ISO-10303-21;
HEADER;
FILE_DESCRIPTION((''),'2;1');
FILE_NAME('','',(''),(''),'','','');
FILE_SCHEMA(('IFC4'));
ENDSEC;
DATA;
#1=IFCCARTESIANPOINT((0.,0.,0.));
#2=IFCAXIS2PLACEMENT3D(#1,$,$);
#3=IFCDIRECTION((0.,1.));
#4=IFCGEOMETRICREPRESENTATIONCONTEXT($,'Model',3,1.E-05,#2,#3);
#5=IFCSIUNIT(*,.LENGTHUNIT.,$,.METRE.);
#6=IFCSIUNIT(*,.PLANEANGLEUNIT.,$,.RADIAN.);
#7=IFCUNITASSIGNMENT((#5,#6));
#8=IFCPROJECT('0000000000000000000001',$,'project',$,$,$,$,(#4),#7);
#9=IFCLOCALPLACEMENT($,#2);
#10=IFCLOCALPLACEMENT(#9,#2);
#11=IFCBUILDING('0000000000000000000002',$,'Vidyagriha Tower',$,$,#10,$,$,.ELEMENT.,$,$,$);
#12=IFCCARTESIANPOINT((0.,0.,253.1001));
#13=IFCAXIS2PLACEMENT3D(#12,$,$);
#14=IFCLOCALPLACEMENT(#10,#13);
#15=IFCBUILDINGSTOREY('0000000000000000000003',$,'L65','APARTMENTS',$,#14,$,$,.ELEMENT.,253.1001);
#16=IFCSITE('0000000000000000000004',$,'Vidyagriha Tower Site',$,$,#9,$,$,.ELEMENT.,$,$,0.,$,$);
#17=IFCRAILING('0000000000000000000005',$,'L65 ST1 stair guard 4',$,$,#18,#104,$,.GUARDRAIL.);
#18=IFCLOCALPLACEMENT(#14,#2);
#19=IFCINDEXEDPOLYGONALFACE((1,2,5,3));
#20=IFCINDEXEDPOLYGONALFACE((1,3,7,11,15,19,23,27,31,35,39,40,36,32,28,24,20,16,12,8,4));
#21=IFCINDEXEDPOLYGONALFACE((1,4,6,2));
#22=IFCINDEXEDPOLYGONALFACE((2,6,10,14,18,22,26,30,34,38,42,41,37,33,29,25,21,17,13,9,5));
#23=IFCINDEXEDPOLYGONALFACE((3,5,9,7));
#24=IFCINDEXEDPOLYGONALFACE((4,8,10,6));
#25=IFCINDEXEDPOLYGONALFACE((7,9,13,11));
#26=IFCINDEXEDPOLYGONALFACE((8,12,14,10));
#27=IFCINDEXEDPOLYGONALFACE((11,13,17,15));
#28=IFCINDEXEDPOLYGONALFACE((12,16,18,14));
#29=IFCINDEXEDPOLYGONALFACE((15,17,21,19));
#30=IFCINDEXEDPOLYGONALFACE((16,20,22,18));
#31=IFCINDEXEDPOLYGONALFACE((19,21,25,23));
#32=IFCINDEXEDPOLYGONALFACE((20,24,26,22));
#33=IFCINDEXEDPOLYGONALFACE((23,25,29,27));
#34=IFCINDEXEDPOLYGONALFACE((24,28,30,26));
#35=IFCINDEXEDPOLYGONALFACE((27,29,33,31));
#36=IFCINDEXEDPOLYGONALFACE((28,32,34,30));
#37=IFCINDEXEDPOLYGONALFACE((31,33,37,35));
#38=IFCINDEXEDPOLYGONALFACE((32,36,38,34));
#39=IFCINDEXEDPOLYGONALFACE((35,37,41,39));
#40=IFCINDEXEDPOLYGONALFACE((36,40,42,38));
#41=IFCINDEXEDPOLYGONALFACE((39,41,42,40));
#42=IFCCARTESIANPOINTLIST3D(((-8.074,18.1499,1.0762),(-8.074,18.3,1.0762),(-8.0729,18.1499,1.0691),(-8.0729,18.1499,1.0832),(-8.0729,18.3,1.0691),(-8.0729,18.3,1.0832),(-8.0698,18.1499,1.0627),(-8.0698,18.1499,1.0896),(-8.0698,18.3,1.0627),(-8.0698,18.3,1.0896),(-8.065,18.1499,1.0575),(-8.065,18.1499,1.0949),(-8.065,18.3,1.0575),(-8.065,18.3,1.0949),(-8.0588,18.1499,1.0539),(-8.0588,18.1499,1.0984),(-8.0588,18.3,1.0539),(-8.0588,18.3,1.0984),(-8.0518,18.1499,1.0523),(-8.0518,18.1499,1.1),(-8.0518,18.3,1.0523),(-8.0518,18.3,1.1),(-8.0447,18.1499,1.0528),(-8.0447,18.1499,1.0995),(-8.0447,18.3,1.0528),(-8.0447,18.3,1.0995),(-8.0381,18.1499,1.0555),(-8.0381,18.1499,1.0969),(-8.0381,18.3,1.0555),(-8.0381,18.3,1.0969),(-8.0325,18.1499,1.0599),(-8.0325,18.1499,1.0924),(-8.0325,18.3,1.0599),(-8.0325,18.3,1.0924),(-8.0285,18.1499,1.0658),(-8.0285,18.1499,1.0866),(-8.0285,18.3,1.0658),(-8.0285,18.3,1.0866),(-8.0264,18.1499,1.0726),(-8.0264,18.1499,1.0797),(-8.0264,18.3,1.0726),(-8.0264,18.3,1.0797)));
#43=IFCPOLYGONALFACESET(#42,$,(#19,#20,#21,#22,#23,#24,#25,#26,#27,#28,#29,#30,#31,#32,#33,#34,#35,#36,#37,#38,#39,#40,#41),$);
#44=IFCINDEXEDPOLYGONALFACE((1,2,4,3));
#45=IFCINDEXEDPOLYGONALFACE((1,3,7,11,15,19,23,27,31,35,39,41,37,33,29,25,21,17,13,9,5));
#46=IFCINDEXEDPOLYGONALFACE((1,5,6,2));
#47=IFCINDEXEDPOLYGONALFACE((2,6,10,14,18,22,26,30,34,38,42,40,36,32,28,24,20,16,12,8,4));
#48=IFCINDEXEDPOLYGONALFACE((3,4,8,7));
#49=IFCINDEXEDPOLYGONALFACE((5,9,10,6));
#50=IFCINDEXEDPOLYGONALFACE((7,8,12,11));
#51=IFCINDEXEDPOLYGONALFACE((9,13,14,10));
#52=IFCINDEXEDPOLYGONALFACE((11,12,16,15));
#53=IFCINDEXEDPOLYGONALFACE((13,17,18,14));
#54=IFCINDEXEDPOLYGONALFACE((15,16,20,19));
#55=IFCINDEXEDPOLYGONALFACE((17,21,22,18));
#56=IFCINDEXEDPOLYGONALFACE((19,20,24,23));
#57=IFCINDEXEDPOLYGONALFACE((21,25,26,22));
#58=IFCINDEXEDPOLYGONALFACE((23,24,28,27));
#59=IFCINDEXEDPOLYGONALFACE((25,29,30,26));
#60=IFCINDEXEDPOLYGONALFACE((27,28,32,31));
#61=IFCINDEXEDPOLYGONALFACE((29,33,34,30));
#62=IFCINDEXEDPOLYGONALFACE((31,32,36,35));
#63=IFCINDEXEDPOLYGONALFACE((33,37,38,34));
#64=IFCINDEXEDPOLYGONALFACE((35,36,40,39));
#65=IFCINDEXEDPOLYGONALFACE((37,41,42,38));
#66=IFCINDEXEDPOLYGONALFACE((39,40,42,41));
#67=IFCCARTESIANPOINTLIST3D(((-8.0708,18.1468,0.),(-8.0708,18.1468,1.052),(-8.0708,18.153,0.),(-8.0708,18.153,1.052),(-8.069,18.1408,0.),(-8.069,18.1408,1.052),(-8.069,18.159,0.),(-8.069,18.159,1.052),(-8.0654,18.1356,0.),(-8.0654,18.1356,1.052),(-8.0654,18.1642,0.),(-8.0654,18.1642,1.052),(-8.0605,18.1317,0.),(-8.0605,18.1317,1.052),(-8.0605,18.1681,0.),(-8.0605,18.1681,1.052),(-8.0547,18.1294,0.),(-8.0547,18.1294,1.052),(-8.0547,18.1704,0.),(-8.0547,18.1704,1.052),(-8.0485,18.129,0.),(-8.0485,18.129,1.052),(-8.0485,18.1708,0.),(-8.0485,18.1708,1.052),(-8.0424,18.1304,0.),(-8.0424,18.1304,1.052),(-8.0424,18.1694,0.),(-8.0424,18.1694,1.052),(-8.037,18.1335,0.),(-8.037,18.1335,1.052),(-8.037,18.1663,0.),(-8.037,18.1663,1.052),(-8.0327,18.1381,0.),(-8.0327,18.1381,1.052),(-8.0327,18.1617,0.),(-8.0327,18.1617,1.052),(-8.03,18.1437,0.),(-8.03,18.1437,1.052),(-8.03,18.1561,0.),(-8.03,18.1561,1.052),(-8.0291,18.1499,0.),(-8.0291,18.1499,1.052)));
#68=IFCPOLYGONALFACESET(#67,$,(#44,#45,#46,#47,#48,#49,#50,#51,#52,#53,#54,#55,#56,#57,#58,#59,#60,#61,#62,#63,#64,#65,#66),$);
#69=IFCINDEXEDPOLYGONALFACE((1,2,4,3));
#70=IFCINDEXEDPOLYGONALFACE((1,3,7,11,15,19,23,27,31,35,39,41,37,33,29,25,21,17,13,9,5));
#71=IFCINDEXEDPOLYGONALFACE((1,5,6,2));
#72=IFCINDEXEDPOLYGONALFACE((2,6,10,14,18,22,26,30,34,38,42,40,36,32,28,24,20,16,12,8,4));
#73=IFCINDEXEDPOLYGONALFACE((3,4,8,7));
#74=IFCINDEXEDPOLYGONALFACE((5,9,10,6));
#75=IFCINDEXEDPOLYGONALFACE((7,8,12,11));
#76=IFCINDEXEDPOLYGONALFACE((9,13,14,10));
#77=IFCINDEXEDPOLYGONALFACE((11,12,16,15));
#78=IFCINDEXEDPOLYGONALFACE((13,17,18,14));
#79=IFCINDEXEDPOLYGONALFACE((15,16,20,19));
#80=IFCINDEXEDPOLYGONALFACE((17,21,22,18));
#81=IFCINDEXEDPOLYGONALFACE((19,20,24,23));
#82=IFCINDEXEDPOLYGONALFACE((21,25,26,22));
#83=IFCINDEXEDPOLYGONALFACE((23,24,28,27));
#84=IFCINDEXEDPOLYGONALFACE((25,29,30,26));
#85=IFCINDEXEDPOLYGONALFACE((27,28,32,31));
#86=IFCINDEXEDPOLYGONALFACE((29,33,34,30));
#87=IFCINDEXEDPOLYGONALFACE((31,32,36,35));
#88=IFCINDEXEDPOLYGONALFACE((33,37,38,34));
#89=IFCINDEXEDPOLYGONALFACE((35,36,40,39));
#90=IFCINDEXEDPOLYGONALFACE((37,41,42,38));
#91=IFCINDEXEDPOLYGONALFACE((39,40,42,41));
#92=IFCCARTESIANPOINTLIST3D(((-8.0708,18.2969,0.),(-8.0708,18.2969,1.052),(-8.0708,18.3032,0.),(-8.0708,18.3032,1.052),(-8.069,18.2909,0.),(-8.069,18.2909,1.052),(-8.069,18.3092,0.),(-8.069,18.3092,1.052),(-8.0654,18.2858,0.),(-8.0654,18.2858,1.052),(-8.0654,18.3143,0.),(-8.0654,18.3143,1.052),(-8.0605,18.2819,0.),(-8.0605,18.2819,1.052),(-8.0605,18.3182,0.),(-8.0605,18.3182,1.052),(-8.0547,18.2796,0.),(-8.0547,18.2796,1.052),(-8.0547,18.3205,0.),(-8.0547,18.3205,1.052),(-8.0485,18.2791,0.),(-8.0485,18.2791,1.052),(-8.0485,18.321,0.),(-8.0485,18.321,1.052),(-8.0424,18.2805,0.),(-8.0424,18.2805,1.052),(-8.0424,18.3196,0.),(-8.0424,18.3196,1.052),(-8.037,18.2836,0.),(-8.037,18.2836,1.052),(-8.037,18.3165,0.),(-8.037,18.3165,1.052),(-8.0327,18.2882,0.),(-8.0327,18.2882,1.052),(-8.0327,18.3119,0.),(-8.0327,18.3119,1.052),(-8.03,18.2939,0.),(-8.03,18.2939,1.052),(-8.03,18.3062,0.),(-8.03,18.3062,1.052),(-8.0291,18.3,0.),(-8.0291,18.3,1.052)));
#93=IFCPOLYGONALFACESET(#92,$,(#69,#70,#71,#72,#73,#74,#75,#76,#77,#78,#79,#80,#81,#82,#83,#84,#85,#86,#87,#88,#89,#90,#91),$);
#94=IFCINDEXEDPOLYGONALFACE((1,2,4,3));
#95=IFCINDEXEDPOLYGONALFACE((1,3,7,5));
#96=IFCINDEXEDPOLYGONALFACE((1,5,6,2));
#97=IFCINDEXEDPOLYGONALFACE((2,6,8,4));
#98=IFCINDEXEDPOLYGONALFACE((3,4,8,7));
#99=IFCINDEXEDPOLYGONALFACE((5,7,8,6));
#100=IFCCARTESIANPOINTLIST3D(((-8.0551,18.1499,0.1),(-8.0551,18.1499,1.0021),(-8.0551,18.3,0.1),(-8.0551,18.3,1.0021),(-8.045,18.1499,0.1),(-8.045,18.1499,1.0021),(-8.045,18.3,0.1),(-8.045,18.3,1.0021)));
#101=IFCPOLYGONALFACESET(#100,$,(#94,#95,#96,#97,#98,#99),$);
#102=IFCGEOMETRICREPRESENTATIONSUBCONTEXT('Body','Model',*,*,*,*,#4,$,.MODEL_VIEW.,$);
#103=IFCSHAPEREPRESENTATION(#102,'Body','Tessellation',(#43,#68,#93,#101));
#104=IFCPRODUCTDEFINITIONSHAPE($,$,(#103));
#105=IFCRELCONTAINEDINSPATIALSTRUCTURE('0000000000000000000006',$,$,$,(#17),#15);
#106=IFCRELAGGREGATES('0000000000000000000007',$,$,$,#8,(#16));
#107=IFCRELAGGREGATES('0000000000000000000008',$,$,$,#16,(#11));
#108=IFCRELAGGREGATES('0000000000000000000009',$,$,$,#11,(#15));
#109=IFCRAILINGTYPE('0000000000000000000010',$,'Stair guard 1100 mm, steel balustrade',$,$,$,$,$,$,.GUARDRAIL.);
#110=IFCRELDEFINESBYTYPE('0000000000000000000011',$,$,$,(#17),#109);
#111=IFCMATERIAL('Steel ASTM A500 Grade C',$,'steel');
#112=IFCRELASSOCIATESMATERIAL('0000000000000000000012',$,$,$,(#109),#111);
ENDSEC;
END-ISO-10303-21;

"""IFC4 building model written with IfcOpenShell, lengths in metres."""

from ifc_helpers import new_model, si_unit, direction, frame, origin, origin_2d, place, context, subcontext, project, spatial, rectangle, circle, extrude, material, type_object, element, save


model = new_model("IFC4")

# Units and contexts
model_context = context("Model", 3, precision=1e-05, world=origin(), true_north=direction((0.0, 1.0)))
body_context = subcontext(model_context, "Body", "Model", "MODEL_VIEW")
ifc_project = project(units=[si_unit("LENGTHUNIT", "METRE"), si_unit("PLANEANGLEUNIT", "RADIAN")], contexts=[model_context])

# Site, building, storey
site_placement = place(None, origin())
site = spatial("IfcSite", under=ifc_project, at=site_placement, Name="Vidyagriha Tower Site", CompositionType="ELEMENT", RefElevation=0.0)
building_placement = place(site_placement, origin())
building = spatial("IfcBuilding", under=site, at=building_placement, Name="Vidyagriha Tower", CompositionType="ELEMENT")
storey_placement = place(building_placement, frame((0.0, 0.0, 253.1001)))
storey = spatial("IfcBuildingStorey", under=building, at=storey_placement, Name="L65", Description="APARTMENTS", CompositionType="ELEMENT", Elevation=253.1001)

# Railing
ifc_material_1 = material(Name="Steel ASTM A500 Grade C", Category="steel")
railing_type_1 = type_object("IfcRailingType", Name="Stair guard 1100 mm, steel balustrade", PredefinedType="GUARDRAIL", material=ifc_material_1)
railing_1_placement = place(storey_placement, frame((-8.05, 18.1499, 0.0)))
element("IfcRailing", 1, at=railing_1_placement, inside=storey, type_object=railing_type_1, Name="L65 ST1 stair guard 4", PredefinedType="GUARDRAIL", context=body_context, shape_type="SweptSolid", body=[
    extrude(circle(Radius=0.0239, at=origin_2d()), frame((0.0, 0.0, 1.0762), z_axis=(0.0, 1.0, 0.0), x_axis=(-1.0, 0.0, 0.0)), (0.0, 0.0, 1.0), 0.1501),
    extrude(circle(Radius=0.021, at=origin_2d()), origin(), (0.0, 0.0, 1.0), 1.052),
    extrude(circle(Radius=0.021, at=origin_2d()), frame((0.0, 0.1501, 0.0)), (0.0, 0.0, 1.0), 1.052),
    extrude(rectangle(XDim=0.01, YDim=0.9021, at=origin_2d()), frame((0.0, 0.0, 0.551), z_axis=(0.0, 1.0, 0.0), x_axis=(-1.0, 0.0, 0.0)), (0.0, 0.0, 1.0), 0.1501),
])

save(model, "model.ifc")
